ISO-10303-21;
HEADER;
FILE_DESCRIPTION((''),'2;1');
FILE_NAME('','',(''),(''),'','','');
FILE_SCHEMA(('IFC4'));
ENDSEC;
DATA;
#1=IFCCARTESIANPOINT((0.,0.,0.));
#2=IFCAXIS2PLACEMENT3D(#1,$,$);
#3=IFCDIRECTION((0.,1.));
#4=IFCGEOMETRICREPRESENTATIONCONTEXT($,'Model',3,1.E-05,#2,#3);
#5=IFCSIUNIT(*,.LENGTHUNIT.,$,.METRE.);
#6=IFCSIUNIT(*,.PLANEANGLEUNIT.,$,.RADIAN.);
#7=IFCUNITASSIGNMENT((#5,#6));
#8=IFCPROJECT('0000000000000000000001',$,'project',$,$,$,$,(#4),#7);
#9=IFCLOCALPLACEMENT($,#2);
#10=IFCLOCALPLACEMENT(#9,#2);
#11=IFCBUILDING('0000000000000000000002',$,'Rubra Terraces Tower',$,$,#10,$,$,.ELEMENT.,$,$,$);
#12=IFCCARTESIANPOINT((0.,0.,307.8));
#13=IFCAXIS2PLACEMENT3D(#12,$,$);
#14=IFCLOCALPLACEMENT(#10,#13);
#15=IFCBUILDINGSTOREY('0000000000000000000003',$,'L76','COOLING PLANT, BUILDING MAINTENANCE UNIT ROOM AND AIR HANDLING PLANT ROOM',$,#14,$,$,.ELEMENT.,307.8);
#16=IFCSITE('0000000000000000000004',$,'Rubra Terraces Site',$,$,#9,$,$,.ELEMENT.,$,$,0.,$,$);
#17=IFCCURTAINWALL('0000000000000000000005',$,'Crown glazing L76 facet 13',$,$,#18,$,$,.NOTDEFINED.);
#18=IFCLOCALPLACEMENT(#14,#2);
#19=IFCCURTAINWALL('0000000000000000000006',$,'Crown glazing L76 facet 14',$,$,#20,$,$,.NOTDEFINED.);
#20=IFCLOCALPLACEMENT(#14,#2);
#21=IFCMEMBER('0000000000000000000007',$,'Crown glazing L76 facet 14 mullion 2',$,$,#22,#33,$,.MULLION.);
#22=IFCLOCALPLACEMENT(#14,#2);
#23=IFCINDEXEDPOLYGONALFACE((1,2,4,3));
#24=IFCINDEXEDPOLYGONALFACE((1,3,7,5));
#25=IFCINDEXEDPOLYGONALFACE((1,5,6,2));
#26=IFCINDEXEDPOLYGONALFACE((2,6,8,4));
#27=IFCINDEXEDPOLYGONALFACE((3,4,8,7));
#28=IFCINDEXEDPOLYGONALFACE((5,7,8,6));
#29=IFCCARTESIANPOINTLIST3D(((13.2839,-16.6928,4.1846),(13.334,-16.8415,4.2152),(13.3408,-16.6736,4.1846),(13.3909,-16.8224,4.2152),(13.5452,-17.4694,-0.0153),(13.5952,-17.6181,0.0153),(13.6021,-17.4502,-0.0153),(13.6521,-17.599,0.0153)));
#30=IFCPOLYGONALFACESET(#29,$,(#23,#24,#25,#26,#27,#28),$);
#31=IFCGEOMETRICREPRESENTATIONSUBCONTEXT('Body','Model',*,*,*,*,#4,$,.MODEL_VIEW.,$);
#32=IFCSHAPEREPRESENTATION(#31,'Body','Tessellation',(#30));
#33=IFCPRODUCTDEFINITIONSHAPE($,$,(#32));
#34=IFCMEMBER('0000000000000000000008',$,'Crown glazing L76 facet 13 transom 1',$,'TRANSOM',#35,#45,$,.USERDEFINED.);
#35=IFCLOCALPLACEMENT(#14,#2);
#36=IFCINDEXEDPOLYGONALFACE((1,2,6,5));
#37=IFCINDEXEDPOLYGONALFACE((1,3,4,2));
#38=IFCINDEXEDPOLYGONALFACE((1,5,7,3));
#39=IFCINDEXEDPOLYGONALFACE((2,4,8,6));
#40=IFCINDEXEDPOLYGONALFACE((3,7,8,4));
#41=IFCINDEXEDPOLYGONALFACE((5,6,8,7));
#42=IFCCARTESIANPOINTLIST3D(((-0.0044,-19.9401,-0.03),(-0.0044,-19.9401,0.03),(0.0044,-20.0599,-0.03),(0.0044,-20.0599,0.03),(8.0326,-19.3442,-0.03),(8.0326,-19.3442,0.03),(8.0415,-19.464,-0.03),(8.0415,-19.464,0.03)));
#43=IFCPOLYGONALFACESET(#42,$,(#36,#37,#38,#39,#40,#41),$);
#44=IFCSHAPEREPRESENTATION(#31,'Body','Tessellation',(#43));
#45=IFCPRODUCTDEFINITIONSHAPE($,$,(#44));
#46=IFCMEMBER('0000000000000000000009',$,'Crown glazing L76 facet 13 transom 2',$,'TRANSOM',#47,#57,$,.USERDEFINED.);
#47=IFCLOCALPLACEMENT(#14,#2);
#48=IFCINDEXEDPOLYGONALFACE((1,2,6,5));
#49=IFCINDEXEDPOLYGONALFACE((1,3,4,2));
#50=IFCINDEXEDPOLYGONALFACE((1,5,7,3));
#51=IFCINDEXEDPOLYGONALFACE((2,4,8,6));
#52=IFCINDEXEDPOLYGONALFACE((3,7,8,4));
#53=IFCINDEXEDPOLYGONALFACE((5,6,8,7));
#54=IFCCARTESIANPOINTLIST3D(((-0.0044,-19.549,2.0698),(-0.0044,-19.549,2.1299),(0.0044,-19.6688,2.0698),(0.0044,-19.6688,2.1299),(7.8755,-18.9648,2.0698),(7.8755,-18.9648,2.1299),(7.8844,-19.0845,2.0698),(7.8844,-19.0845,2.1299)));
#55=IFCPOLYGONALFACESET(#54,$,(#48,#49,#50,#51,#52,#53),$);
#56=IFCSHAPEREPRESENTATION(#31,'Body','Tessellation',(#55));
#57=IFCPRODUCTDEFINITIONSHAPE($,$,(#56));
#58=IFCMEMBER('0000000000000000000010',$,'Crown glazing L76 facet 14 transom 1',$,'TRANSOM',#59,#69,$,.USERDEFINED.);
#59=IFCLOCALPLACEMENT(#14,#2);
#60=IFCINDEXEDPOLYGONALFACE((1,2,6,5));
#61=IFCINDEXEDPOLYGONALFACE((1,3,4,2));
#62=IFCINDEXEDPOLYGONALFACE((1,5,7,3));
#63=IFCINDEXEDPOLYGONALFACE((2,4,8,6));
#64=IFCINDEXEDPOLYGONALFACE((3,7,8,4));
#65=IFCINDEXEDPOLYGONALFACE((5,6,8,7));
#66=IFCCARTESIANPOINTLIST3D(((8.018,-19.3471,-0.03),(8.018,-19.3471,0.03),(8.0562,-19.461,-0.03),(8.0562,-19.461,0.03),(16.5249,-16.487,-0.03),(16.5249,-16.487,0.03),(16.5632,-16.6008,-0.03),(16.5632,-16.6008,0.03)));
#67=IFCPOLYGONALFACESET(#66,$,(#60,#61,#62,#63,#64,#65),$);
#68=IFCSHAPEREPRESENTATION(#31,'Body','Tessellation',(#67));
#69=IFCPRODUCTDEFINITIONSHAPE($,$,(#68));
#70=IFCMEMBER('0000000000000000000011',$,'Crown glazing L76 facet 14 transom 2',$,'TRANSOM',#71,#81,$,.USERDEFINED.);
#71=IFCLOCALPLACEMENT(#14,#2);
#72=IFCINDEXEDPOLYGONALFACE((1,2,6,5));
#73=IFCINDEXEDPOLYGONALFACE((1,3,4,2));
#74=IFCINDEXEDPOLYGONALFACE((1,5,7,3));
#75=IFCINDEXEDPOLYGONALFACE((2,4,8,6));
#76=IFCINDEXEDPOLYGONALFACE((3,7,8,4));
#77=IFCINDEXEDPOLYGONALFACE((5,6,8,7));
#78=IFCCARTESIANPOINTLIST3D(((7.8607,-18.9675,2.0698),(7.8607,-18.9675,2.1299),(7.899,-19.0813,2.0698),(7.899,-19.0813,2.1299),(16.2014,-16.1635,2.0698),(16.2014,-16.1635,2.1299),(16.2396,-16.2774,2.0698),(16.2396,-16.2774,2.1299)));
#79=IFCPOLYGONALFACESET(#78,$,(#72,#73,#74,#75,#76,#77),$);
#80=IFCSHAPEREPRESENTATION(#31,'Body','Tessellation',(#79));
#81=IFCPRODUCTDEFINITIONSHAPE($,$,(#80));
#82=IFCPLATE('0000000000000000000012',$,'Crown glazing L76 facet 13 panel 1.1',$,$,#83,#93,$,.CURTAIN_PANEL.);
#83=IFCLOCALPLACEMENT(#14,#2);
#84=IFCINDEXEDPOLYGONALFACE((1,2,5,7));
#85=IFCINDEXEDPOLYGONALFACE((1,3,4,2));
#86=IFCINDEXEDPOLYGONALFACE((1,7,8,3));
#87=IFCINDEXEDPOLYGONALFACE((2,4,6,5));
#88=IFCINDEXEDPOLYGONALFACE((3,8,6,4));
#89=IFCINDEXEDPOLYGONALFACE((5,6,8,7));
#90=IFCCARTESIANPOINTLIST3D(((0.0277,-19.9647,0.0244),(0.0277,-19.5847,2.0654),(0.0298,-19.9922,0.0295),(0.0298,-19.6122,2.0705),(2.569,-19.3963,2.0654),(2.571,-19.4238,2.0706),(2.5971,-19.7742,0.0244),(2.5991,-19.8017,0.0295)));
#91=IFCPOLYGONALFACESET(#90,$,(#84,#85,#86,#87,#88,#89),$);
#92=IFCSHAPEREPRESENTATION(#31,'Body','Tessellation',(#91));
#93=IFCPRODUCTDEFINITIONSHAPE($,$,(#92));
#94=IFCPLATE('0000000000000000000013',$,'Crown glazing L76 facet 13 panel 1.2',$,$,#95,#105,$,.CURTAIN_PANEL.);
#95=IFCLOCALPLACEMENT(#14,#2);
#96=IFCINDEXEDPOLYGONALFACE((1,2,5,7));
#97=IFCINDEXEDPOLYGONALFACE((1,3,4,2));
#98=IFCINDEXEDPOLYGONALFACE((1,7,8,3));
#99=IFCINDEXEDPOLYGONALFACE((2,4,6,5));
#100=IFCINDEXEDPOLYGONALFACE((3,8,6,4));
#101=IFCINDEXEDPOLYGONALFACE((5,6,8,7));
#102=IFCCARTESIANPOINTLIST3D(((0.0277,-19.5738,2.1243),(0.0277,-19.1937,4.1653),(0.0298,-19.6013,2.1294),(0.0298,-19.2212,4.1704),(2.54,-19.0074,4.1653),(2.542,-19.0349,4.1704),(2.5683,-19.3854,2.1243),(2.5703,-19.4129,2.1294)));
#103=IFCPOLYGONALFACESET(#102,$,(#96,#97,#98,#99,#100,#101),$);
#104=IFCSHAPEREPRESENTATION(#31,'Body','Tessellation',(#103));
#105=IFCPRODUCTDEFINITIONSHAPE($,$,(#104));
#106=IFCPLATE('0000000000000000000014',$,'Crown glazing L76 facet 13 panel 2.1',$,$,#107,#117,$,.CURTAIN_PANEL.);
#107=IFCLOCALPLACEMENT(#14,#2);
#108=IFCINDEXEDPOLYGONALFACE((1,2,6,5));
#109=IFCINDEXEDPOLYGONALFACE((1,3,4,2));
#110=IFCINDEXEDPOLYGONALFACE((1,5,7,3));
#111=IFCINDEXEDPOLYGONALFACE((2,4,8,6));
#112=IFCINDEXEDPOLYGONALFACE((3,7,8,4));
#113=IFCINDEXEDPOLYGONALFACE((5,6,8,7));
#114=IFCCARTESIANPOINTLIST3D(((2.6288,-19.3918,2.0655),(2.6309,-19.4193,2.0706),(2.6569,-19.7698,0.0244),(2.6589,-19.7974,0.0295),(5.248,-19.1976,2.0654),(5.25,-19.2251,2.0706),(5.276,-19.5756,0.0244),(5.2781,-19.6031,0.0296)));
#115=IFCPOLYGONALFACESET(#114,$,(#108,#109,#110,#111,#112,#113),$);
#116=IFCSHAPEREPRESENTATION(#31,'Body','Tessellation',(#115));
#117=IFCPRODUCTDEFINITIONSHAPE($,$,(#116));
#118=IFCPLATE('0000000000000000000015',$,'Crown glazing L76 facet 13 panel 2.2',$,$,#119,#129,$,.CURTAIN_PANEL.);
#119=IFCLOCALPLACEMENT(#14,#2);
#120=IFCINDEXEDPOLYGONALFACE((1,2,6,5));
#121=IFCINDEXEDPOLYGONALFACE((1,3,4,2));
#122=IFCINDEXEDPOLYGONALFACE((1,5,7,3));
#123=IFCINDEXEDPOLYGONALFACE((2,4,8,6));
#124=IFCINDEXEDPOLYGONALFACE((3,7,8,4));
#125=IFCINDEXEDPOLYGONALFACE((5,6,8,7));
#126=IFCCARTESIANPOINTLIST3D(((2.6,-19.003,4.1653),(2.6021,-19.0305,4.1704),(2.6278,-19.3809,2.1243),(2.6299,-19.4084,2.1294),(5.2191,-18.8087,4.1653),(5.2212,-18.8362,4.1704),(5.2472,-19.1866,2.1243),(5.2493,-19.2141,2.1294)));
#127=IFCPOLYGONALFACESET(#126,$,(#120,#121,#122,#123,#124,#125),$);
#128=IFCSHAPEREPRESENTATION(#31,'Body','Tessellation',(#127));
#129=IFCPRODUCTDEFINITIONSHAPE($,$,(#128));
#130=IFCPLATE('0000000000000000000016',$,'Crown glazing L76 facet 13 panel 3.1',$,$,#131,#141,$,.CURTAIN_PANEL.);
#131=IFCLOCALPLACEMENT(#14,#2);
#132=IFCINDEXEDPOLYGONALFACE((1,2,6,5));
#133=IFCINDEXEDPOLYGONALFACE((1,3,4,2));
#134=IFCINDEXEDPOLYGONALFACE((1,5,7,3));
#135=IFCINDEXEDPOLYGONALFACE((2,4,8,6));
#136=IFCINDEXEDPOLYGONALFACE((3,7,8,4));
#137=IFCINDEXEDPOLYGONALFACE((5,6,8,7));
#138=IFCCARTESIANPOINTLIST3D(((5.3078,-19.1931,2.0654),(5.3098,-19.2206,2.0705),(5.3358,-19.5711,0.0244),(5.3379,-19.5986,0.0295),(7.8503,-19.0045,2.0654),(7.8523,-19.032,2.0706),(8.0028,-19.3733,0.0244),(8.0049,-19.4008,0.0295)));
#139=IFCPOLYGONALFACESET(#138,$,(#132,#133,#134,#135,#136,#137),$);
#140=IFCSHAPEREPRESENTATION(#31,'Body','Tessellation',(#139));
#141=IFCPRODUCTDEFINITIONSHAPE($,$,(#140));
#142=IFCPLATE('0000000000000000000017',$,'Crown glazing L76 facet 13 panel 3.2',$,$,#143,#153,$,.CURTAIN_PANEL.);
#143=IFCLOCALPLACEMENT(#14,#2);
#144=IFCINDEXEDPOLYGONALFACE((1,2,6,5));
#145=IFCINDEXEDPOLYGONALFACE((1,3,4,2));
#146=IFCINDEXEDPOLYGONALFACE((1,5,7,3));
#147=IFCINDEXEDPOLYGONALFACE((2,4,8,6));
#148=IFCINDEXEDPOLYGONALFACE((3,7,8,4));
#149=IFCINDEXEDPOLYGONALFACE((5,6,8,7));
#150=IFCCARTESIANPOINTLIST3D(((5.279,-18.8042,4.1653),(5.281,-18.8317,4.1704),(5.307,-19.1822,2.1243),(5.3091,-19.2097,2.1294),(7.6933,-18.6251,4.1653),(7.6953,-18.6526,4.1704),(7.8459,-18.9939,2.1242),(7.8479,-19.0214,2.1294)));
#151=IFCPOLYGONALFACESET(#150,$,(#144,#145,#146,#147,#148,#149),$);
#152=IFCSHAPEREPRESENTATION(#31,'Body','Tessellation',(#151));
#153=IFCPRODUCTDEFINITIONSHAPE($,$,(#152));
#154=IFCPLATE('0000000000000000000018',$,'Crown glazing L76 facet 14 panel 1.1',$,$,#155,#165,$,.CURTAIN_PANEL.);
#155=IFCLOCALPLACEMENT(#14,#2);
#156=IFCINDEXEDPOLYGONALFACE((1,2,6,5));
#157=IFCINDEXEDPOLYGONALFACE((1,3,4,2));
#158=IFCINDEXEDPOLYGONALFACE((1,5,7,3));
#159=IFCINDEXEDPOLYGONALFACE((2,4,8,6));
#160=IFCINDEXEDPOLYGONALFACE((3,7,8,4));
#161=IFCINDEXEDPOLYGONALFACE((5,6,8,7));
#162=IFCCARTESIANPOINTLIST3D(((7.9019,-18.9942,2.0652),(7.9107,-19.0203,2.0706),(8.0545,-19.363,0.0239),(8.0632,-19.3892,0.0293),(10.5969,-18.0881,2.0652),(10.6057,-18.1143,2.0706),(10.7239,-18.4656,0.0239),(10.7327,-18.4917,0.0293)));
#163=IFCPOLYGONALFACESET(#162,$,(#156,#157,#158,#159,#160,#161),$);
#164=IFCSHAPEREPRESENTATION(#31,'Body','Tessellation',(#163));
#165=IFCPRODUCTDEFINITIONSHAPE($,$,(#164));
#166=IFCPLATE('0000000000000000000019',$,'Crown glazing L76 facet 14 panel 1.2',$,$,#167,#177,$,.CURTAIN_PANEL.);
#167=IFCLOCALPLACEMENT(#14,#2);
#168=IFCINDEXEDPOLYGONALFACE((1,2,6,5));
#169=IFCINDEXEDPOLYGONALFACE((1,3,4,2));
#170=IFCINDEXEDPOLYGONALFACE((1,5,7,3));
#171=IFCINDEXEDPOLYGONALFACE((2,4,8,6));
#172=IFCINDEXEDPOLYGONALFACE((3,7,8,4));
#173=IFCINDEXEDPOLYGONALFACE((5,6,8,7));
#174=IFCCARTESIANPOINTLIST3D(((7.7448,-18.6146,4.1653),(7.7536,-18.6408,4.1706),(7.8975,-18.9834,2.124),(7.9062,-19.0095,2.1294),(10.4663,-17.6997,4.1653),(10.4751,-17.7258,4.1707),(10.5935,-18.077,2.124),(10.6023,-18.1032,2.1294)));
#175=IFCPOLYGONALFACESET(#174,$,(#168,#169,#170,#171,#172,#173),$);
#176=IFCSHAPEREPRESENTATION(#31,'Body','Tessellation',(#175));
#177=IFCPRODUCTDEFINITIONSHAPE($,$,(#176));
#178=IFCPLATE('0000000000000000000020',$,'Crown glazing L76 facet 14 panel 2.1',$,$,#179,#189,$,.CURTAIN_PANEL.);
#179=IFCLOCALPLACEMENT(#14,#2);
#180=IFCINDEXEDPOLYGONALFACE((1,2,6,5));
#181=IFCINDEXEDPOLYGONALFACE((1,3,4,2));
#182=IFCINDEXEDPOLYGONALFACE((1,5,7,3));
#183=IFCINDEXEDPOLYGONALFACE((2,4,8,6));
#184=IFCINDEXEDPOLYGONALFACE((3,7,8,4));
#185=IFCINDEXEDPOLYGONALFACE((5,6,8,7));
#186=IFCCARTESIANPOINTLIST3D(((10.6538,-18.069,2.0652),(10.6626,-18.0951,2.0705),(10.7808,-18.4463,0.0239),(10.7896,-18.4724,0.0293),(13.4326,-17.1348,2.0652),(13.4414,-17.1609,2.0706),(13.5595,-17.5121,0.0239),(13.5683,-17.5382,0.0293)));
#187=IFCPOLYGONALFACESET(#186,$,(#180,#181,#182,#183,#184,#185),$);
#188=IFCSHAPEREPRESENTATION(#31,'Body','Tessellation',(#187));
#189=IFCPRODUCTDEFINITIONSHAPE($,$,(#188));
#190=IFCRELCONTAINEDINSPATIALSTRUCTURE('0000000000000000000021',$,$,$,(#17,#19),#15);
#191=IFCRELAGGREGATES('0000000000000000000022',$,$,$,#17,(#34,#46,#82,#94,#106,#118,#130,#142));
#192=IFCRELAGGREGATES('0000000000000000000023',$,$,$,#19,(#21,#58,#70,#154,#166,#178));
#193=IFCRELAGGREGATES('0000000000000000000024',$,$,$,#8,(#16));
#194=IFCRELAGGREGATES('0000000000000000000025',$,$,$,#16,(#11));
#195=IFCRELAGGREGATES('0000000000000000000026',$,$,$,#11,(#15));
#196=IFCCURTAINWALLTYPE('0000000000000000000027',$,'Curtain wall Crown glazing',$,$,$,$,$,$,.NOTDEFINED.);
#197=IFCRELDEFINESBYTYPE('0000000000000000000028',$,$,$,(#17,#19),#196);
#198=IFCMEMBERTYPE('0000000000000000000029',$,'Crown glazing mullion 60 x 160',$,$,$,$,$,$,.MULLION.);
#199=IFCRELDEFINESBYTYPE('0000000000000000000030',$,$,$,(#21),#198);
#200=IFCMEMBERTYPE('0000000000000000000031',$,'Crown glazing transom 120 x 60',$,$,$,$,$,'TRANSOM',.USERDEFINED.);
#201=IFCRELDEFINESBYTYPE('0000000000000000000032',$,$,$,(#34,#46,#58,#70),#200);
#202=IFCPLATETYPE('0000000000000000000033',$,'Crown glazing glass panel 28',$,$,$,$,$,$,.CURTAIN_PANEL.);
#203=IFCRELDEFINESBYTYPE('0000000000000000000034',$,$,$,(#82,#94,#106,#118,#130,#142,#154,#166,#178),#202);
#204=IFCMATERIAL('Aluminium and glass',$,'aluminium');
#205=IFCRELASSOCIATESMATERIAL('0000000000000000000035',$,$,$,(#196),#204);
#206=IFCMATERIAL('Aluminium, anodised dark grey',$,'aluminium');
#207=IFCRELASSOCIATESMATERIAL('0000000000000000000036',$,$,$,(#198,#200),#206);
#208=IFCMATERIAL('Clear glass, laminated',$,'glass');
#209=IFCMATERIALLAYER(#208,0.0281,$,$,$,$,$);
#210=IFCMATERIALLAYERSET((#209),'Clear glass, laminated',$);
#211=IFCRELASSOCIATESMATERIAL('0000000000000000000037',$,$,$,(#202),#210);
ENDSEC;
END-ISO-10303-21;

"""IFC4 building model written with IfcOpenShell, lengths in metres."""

from ifc_helpers import new_model, si_unit, direction, frame, origin, origin_2d, place, context, subcontext, project, spatial, polyline, rectangle, outline, extrude, material, layer, layer_set, material_profile, profile_set, type_object, element, aggregate, save


model = new_model("IFC4")

# Units and contexts
model_context = context("Model", 3, precision=1e-05, world=origin(), true_north=direction((0.0, 1.0)))
body_context = subcontext(model_context, "Body", "Model", "MODEL_VIEW")
ifc_project = project(units=[si_unit("LENGTHUNIT", "METRE"), si_unit("PLANEANGLEUNIT", "RADIAN")], contexts=[model_context])

# Site, building, storey
site_placement = place(None, origin())
site = spatial("IfcSite", under=ifc_project, at=site_placement, Name="Rubra Terraces Site", CompositionType="ELEMENT", RefElevation=0.0)
building_placement = place(site_placement, origin())
building = spatial("IfcBuilding", under=site, at=building_placement, Name="Rubra Terraces Tower", CompositionType="ELEMENT")
storey_placement = place(building_placement, frame((0.0, 0.0, 307.8)))
storey = spatial("IfcBuildingStorey", under=building, at=storey_placement, Name="L76", Description="COOLING PLANT, BUILDING MAINTENANCE UNIT ROOM AND AIR HANDLING PLANT ROOM", CompositionType="ELEMENT", Elevation=307.8)

# Curtain walls, member
ifc_material_1 = material(Name="Aluminium and glass", Category="aluminium")
curtain_wall_type = type_object("IfcCurtainWallType", Name="Curtain wall Crown glazing", PredefinedType="NOTDEFINED", material=ifc_material_1)
curtain_wall_1_placement = place(storey_placement, origin())
curtain_wall_1 = element("IfcCurtainWall", 1, at=curtain_wall_1_placement, inside=storey, type_object=curtain_wall_type, Name="Crown glazing L76 facet 13", PredefinedType="NOTDEFINED")
ifc_material_2 = material(Name="Aluminium, anodised dark grey", Category="aluminium")
ifc_material_profile_1 = material_profile(ifc_material_2, rectangle(XDim=0.0601, YDim=0.1599, at=origin_2d()), Name="AL 60x160")
ifc_profile_set_1 = profile_set([ifc_material_profile_1], Name="Aluminium, anodised dark grey")
member_type_1 = type_object("IfcMemberType", Name="Crown glazing mullion 60 x 160", PredefinedType="MULLION", material=ifc_profile_set_1)
curtain_wall_2_placement = place(storey_placement, origin())
curtain_wall_2 = element("IfcCurtainWall", 2, at=curtain_wall_2_placement, inside=storey, type_object=curtain_wall_type, Name="Crown glazing L76 facet 14", PredefinedType="NOTDEFINED")
member_1_placement = place(storey_placement, frame((13.5986, -17.5342, 0.0), z_axis=(-0.061048, 0.181488, 0.981496), x_axis=(-0.947816, -0.318819, 0.0)))
member_1 = element("IfcMember", 3, at=member_1_placement, type_object=member_type_1, Name="Crown glazing L76 facet 14 mullion 2", PredefinedType="MULLION", context=body_context, shape_type="SweptSolid", body=[
    extrude(rectangle(XDim=0.0601, YDim=0.1599, at=origin_2d()), origin(), (0.0, 0.0, 1.0), 4.2791),
])

# Members
ifc_material_profile_2 = material_profile(ifc_material_2, rectangle(XDim=0.1201, YDim=0.0601, at=origin_2d()), Name="AL 120x60")
ifc_profile_set_2 = profile_set([ifc_material_profile_2], Name="Aluminium, anodised dark grey")
member_type_2 = type_object("IfcMemberType", Name="Crown glazing transom 120 x 60", ElementType="TRANSOM", PredefinedType="USERDEFINED", material=ifc_profile_set_2)
member_2_placement = place(storey_placement, frame((0.0, -20.0, 0.0), z_axis=(0.997262, 0.073946, 0.0), x_axis=(-0.073946, 0.997262, 0.0)))
member_2 = element("IfcMember", 4, at=member_2_placement, type_object=member_type_2, Name="Crown glazing L76 facet 13 transom 1", ObjectType="TRANSOM", PredefinedType="USERDEFINED", context=body_context, shape_type="SweptSolid", body=[
    extrude(rectangle(XDim=0.1201, YDim=0.0601, at=origin_2d()), origin(), (0.0, 0.0, 1.0), 8.0591),
])
member_3_placement = place(storey_placement, frame((0.0, -19.6089, 2.0999), z_axis=(0.997263, 0.073939, 0.0), x_axis=(-0.073939, 0.997263, 0.0)))
member_3 = element("IfcMember", 5, at=member_3_placement, type_object=member_type_2, Name="Crown glazing L76 facet 13 transom 2", ObjectType="TRANSOM", PredefinedType="USERDEFINED", context=body_context, shape_type="SweptSolid", body=[
    extrude(rectangle(XDim=0.1201, YDim=0.0601, at=origin_2d()), origin(), (0.0, 0.0, 1.0), 7.9016),
])
member_4_placement = place(storey_placement, frame((8.0371, -19.4041, 0.0), z_axis=(0.947861, 0.318683, 0.0), x_axis=(-0.318683, 0.947861, 0.0)))
member_4 = element("IfcMember", 6, at=member_4_placement, type_object=member_type_2, Name="Crown glazing L76 facet 14 transom 1", ObjectType="TRANSOM", PredefinedType="USERDEFINED", context=body_context, shape_type="SweptSolid", body=[
    extrude(rectangle(XDim=0.1201, YDim=0.0601, at=origin_2d()), origin(), (0.0, 0.0, 1.0), 8.9749),
])
member_5_placement = place(storey_placement, frame((7.8799, -19.0244, 2.0999), z_axis=(0.94787, 0.318657, 0.0), x_axis=(-0.318657, 0.94787, 0.0)))
member_5 = element("IfcMember", 7, at=member_5_placement, type_object=member_type_2, Name="Crown glazing L76 facet 14 transom 2", ObjectType="TRANSOM", PredefinedType="USERDEFINED", context=body_context, shape_type="SweptSolid", body=[
    extrude(rectangle(XDim=0.1201, YDim=0.0601, at=origin_2d()), origin(), (0.0, 0.0, 1.0), 8.7993),
])

# Plates
ifc_material_3 = material(Name="Clear glass, laminated", Category="glass")
ifc_layer = layer(ifc_material_3, 0.0281)
ifc_layer_set = layer_set([ifc_layer], Name="Clear glass, laminated")
plate_type = type_object("IfcPlateType", Name="Crown glazing glass panel 28", PredefinedType="CURTAIN_PANEL", material=ifc_layer_set)
plate_1_placement = place(storey_placement, frame((0.0298, -19.9922, 0.0295), z_axis=(0.072696, -0.98051, 0.182528), x_axis=(0.997263, 0.073938, -0.000004)))
plate_1 = element("IfcPlate", 8, at=plate_1_placement, type_object=plate_type, Name="Crown glazing L76 facet 13 panel 1.1", PredefinedType="CURTAIN_PANEL", context=body_context, shape_type="SweptSolid", body=[
    extrude(outline(polyline([(0.0, 0.0), (2.5764, 0.0), (2.5763, 2.0759), (0.0281, 2.0759), (0.0, 0.0)])), origin(), (0.0, 0.0, -1.0), 0.0281),
])
plate_2_placement = place(storey_placement, frame((0.0298, -19.6013, 2.1294), z_axis=(0.072722, -0.980496, 0.182588), x_axis=(0.997261, 0.073966, 0.000003)))
plate_2 = element("IfcPlate", 9, at=plate_2_placement, type_object=plate_type, Name="Crown glazing L76 facet 13 panel 1.2", PredefinedType="CURTAIN_PANEL", context=body_context, shape_type="SweptSolid", body=[
    extrude(outline(polyline([(0.0, 0.0), (2.5475, 0.0), (2.5472, 2.0759), (0.0281, 2.0759), (0.0, 0.0)])), origin(), (0.0, 0.0, -1.0), 0.0281),
])
plate_3_placement = place(storey_placement, frame((2.6589, -19.7974, 0.0295), z_axis=(0.072705, -0.980493, 0.182614), x_axis=(0.997262, 0.07395, 0.000008)))
plate_3 = element("IfcPlate", 10, at=plate_3_placement, type_object=plate_type, Name="Crown glazing L76 facet 13 panel 2.1", PredefinedType="CURTAIN_PANEL", context=body_context, shape_type="SweptSolid", body=[
    extrude(outline(polyline([(0.0, 0.0), (2.6263, 0.0), (2.6263, 2.0759), (0.0, 2.0759), (0.0, 0.0)])), origin(), (0.0, 0.0, -1.0), 0.0281),
])
plate_4_placement = place(storey_placement, frame((2.6299, -19.4084, 2.1294), z_axis=(0.072748, -0.980501, 0.182553), x_axis=(0.997259, 0.073991, -0.000001)))
plate_4 = element("IfcPlate", 11, at=plate_4_placement, type_object=plate_type, Name="Crown glazing L76 facet 13 panel 2.2", PredefinedType="CURTAIN_PANEL", context=body_context, shape_type="SweptSolid", body=[
    extrude(outline(polyline([(0.0, 0.0), (2.6266, 0.0), (2.6265, 2.0759), (0.0002, 2.0759), (0.0, 0.0)])), origin(), (0.0, 0.0, -1.0), 0.0281),
])
plate_5_placement = place(storey_placement, frame((5.3379, -19.5986, 0.0295), z_axis=(0.07274, -0.980492, 0.182605), x_axis=(0.99726, 0.073982, -0.000007)))
plate_5 = element("IfcPlate", 12, at=plate_5_placement, type_object=plate_type, Name="Crown glazing L76 facet 13 panel 3.1", PredefinedType="CURTAIN_PANEL", context=body_context, shape_type="SweptSolid", body=[
    extrude(outline(polyline([(0.0, 0.0), (2.6743, 0.0), (2.5494, 2.0759), (-0.0001, 2.0759), (0.0, 0.0)])), origin(), (0.0, 0.0, -1.0), 0.0281),
])
plate_6_placement = place(storey_placement, frame((5.3091, -19.2097, 2.1294), z_axis=(0.072735, -0.980492, 0.182605), x_axis=(0.99726, 0.073977, -0.000007)))
plate_6 = element("IfcPlate", 13, at=plate_6_placement, type_object=plate_type, Name="Crown glazing L76 facet 13 panel 3.2", PredefinedType="CURTAIN_PANEL", context=body_context, shape_type="SweptSolid", body=[
    extrude(outline(polyline([(0.0, 0.0), (2.5458, 0.0), (2.4209, 2.0759), (-0.0001, 2.0759), (0.0, 0.0)])), origin(), (0.0, 0.0, -1.0), 0.0281),
])
aggregate(curtain_wall_1, [member_2, member_3, plate_1, plate_2, plate_3, plate_4, plate_5, plate_6])
plate_7_placement = place(storey_placement, frame((8.0632, -19.3892, 0.0293), z_axis=(0.312763, -0.930328, 0.191492), x_axis=(0.947869, 0.31866, 0.000002)))
plate_7 = element("IfcPlate", 14, at=plate_7_placement, type_object=plate_type, Name="Crown glazing L76 facet 14 panel 1.1", PredefinedType="CURTAIN_PANEL", context=body_context, shape_type="SweptSolid", body=[
    extrude(outline(polyline([(0.0, 0.0), (2.8163, 0.0), (2.8162, 2.0797), (-0.0271, 2.0798), (0.0, 0.0)])), origin(), (0.0, 0.0, -1.0), 0.0281),
])
plate_8_placement = place(storey_placement, frame((7.9062, -19.0095, 2.1294), z_axis=(0.312767, -0.930334, 0.191456), x_axis=(0.947869, 0.31866, -0.000008)))
plate_8 = element("IfcPlate", 15, at=plate_8_placement, type_object=plate_type, Name="Crown glazing L76 facet 14 panel 1.2", PredefinedType="CURTAIN_PANEL", context=body_context, shape_type="SweptSolid", body=[
    extrude(outline(polyline([(0.0, 0.0), (2.8443, 0.0), (2.844, 2.0798), (-0.0272, 2.0797), (0.0, 0.0)])), origin(), (0.0, 0.0, -1.0), 0.0281),
])
plate_9_placement = place(storey_placement, frame((10.7896, -18.4724, 0.0293), z_axis=(0.31277, -0.93034, 0.191422), x_axis=(0.947869, 0.318661, -0.000007)))
plate_9 = element("IfcPlate", 16, at=plate_9_placement, type_object=plate_type, Name="Crown glazing L76 facet 14 panel 2.1", PredefinedType="CURTAIN_PANEL", context=body_context, shape_type="SweptSolid", body=[
    extrude(outline(polyline([(0.0, 0.0), (2.9316, 0.0), (2.9315, 2.0797), (-0.0002, 2.0797), (0.0, 0.0)])), origin(), (0.0, 0.0, -1.0), 0.0281),
])
aggregate(curtain_wall_2, [member_1, member_4, member_5, plate_7, plate_8, plate_9])

save(model, "model.ifc")
